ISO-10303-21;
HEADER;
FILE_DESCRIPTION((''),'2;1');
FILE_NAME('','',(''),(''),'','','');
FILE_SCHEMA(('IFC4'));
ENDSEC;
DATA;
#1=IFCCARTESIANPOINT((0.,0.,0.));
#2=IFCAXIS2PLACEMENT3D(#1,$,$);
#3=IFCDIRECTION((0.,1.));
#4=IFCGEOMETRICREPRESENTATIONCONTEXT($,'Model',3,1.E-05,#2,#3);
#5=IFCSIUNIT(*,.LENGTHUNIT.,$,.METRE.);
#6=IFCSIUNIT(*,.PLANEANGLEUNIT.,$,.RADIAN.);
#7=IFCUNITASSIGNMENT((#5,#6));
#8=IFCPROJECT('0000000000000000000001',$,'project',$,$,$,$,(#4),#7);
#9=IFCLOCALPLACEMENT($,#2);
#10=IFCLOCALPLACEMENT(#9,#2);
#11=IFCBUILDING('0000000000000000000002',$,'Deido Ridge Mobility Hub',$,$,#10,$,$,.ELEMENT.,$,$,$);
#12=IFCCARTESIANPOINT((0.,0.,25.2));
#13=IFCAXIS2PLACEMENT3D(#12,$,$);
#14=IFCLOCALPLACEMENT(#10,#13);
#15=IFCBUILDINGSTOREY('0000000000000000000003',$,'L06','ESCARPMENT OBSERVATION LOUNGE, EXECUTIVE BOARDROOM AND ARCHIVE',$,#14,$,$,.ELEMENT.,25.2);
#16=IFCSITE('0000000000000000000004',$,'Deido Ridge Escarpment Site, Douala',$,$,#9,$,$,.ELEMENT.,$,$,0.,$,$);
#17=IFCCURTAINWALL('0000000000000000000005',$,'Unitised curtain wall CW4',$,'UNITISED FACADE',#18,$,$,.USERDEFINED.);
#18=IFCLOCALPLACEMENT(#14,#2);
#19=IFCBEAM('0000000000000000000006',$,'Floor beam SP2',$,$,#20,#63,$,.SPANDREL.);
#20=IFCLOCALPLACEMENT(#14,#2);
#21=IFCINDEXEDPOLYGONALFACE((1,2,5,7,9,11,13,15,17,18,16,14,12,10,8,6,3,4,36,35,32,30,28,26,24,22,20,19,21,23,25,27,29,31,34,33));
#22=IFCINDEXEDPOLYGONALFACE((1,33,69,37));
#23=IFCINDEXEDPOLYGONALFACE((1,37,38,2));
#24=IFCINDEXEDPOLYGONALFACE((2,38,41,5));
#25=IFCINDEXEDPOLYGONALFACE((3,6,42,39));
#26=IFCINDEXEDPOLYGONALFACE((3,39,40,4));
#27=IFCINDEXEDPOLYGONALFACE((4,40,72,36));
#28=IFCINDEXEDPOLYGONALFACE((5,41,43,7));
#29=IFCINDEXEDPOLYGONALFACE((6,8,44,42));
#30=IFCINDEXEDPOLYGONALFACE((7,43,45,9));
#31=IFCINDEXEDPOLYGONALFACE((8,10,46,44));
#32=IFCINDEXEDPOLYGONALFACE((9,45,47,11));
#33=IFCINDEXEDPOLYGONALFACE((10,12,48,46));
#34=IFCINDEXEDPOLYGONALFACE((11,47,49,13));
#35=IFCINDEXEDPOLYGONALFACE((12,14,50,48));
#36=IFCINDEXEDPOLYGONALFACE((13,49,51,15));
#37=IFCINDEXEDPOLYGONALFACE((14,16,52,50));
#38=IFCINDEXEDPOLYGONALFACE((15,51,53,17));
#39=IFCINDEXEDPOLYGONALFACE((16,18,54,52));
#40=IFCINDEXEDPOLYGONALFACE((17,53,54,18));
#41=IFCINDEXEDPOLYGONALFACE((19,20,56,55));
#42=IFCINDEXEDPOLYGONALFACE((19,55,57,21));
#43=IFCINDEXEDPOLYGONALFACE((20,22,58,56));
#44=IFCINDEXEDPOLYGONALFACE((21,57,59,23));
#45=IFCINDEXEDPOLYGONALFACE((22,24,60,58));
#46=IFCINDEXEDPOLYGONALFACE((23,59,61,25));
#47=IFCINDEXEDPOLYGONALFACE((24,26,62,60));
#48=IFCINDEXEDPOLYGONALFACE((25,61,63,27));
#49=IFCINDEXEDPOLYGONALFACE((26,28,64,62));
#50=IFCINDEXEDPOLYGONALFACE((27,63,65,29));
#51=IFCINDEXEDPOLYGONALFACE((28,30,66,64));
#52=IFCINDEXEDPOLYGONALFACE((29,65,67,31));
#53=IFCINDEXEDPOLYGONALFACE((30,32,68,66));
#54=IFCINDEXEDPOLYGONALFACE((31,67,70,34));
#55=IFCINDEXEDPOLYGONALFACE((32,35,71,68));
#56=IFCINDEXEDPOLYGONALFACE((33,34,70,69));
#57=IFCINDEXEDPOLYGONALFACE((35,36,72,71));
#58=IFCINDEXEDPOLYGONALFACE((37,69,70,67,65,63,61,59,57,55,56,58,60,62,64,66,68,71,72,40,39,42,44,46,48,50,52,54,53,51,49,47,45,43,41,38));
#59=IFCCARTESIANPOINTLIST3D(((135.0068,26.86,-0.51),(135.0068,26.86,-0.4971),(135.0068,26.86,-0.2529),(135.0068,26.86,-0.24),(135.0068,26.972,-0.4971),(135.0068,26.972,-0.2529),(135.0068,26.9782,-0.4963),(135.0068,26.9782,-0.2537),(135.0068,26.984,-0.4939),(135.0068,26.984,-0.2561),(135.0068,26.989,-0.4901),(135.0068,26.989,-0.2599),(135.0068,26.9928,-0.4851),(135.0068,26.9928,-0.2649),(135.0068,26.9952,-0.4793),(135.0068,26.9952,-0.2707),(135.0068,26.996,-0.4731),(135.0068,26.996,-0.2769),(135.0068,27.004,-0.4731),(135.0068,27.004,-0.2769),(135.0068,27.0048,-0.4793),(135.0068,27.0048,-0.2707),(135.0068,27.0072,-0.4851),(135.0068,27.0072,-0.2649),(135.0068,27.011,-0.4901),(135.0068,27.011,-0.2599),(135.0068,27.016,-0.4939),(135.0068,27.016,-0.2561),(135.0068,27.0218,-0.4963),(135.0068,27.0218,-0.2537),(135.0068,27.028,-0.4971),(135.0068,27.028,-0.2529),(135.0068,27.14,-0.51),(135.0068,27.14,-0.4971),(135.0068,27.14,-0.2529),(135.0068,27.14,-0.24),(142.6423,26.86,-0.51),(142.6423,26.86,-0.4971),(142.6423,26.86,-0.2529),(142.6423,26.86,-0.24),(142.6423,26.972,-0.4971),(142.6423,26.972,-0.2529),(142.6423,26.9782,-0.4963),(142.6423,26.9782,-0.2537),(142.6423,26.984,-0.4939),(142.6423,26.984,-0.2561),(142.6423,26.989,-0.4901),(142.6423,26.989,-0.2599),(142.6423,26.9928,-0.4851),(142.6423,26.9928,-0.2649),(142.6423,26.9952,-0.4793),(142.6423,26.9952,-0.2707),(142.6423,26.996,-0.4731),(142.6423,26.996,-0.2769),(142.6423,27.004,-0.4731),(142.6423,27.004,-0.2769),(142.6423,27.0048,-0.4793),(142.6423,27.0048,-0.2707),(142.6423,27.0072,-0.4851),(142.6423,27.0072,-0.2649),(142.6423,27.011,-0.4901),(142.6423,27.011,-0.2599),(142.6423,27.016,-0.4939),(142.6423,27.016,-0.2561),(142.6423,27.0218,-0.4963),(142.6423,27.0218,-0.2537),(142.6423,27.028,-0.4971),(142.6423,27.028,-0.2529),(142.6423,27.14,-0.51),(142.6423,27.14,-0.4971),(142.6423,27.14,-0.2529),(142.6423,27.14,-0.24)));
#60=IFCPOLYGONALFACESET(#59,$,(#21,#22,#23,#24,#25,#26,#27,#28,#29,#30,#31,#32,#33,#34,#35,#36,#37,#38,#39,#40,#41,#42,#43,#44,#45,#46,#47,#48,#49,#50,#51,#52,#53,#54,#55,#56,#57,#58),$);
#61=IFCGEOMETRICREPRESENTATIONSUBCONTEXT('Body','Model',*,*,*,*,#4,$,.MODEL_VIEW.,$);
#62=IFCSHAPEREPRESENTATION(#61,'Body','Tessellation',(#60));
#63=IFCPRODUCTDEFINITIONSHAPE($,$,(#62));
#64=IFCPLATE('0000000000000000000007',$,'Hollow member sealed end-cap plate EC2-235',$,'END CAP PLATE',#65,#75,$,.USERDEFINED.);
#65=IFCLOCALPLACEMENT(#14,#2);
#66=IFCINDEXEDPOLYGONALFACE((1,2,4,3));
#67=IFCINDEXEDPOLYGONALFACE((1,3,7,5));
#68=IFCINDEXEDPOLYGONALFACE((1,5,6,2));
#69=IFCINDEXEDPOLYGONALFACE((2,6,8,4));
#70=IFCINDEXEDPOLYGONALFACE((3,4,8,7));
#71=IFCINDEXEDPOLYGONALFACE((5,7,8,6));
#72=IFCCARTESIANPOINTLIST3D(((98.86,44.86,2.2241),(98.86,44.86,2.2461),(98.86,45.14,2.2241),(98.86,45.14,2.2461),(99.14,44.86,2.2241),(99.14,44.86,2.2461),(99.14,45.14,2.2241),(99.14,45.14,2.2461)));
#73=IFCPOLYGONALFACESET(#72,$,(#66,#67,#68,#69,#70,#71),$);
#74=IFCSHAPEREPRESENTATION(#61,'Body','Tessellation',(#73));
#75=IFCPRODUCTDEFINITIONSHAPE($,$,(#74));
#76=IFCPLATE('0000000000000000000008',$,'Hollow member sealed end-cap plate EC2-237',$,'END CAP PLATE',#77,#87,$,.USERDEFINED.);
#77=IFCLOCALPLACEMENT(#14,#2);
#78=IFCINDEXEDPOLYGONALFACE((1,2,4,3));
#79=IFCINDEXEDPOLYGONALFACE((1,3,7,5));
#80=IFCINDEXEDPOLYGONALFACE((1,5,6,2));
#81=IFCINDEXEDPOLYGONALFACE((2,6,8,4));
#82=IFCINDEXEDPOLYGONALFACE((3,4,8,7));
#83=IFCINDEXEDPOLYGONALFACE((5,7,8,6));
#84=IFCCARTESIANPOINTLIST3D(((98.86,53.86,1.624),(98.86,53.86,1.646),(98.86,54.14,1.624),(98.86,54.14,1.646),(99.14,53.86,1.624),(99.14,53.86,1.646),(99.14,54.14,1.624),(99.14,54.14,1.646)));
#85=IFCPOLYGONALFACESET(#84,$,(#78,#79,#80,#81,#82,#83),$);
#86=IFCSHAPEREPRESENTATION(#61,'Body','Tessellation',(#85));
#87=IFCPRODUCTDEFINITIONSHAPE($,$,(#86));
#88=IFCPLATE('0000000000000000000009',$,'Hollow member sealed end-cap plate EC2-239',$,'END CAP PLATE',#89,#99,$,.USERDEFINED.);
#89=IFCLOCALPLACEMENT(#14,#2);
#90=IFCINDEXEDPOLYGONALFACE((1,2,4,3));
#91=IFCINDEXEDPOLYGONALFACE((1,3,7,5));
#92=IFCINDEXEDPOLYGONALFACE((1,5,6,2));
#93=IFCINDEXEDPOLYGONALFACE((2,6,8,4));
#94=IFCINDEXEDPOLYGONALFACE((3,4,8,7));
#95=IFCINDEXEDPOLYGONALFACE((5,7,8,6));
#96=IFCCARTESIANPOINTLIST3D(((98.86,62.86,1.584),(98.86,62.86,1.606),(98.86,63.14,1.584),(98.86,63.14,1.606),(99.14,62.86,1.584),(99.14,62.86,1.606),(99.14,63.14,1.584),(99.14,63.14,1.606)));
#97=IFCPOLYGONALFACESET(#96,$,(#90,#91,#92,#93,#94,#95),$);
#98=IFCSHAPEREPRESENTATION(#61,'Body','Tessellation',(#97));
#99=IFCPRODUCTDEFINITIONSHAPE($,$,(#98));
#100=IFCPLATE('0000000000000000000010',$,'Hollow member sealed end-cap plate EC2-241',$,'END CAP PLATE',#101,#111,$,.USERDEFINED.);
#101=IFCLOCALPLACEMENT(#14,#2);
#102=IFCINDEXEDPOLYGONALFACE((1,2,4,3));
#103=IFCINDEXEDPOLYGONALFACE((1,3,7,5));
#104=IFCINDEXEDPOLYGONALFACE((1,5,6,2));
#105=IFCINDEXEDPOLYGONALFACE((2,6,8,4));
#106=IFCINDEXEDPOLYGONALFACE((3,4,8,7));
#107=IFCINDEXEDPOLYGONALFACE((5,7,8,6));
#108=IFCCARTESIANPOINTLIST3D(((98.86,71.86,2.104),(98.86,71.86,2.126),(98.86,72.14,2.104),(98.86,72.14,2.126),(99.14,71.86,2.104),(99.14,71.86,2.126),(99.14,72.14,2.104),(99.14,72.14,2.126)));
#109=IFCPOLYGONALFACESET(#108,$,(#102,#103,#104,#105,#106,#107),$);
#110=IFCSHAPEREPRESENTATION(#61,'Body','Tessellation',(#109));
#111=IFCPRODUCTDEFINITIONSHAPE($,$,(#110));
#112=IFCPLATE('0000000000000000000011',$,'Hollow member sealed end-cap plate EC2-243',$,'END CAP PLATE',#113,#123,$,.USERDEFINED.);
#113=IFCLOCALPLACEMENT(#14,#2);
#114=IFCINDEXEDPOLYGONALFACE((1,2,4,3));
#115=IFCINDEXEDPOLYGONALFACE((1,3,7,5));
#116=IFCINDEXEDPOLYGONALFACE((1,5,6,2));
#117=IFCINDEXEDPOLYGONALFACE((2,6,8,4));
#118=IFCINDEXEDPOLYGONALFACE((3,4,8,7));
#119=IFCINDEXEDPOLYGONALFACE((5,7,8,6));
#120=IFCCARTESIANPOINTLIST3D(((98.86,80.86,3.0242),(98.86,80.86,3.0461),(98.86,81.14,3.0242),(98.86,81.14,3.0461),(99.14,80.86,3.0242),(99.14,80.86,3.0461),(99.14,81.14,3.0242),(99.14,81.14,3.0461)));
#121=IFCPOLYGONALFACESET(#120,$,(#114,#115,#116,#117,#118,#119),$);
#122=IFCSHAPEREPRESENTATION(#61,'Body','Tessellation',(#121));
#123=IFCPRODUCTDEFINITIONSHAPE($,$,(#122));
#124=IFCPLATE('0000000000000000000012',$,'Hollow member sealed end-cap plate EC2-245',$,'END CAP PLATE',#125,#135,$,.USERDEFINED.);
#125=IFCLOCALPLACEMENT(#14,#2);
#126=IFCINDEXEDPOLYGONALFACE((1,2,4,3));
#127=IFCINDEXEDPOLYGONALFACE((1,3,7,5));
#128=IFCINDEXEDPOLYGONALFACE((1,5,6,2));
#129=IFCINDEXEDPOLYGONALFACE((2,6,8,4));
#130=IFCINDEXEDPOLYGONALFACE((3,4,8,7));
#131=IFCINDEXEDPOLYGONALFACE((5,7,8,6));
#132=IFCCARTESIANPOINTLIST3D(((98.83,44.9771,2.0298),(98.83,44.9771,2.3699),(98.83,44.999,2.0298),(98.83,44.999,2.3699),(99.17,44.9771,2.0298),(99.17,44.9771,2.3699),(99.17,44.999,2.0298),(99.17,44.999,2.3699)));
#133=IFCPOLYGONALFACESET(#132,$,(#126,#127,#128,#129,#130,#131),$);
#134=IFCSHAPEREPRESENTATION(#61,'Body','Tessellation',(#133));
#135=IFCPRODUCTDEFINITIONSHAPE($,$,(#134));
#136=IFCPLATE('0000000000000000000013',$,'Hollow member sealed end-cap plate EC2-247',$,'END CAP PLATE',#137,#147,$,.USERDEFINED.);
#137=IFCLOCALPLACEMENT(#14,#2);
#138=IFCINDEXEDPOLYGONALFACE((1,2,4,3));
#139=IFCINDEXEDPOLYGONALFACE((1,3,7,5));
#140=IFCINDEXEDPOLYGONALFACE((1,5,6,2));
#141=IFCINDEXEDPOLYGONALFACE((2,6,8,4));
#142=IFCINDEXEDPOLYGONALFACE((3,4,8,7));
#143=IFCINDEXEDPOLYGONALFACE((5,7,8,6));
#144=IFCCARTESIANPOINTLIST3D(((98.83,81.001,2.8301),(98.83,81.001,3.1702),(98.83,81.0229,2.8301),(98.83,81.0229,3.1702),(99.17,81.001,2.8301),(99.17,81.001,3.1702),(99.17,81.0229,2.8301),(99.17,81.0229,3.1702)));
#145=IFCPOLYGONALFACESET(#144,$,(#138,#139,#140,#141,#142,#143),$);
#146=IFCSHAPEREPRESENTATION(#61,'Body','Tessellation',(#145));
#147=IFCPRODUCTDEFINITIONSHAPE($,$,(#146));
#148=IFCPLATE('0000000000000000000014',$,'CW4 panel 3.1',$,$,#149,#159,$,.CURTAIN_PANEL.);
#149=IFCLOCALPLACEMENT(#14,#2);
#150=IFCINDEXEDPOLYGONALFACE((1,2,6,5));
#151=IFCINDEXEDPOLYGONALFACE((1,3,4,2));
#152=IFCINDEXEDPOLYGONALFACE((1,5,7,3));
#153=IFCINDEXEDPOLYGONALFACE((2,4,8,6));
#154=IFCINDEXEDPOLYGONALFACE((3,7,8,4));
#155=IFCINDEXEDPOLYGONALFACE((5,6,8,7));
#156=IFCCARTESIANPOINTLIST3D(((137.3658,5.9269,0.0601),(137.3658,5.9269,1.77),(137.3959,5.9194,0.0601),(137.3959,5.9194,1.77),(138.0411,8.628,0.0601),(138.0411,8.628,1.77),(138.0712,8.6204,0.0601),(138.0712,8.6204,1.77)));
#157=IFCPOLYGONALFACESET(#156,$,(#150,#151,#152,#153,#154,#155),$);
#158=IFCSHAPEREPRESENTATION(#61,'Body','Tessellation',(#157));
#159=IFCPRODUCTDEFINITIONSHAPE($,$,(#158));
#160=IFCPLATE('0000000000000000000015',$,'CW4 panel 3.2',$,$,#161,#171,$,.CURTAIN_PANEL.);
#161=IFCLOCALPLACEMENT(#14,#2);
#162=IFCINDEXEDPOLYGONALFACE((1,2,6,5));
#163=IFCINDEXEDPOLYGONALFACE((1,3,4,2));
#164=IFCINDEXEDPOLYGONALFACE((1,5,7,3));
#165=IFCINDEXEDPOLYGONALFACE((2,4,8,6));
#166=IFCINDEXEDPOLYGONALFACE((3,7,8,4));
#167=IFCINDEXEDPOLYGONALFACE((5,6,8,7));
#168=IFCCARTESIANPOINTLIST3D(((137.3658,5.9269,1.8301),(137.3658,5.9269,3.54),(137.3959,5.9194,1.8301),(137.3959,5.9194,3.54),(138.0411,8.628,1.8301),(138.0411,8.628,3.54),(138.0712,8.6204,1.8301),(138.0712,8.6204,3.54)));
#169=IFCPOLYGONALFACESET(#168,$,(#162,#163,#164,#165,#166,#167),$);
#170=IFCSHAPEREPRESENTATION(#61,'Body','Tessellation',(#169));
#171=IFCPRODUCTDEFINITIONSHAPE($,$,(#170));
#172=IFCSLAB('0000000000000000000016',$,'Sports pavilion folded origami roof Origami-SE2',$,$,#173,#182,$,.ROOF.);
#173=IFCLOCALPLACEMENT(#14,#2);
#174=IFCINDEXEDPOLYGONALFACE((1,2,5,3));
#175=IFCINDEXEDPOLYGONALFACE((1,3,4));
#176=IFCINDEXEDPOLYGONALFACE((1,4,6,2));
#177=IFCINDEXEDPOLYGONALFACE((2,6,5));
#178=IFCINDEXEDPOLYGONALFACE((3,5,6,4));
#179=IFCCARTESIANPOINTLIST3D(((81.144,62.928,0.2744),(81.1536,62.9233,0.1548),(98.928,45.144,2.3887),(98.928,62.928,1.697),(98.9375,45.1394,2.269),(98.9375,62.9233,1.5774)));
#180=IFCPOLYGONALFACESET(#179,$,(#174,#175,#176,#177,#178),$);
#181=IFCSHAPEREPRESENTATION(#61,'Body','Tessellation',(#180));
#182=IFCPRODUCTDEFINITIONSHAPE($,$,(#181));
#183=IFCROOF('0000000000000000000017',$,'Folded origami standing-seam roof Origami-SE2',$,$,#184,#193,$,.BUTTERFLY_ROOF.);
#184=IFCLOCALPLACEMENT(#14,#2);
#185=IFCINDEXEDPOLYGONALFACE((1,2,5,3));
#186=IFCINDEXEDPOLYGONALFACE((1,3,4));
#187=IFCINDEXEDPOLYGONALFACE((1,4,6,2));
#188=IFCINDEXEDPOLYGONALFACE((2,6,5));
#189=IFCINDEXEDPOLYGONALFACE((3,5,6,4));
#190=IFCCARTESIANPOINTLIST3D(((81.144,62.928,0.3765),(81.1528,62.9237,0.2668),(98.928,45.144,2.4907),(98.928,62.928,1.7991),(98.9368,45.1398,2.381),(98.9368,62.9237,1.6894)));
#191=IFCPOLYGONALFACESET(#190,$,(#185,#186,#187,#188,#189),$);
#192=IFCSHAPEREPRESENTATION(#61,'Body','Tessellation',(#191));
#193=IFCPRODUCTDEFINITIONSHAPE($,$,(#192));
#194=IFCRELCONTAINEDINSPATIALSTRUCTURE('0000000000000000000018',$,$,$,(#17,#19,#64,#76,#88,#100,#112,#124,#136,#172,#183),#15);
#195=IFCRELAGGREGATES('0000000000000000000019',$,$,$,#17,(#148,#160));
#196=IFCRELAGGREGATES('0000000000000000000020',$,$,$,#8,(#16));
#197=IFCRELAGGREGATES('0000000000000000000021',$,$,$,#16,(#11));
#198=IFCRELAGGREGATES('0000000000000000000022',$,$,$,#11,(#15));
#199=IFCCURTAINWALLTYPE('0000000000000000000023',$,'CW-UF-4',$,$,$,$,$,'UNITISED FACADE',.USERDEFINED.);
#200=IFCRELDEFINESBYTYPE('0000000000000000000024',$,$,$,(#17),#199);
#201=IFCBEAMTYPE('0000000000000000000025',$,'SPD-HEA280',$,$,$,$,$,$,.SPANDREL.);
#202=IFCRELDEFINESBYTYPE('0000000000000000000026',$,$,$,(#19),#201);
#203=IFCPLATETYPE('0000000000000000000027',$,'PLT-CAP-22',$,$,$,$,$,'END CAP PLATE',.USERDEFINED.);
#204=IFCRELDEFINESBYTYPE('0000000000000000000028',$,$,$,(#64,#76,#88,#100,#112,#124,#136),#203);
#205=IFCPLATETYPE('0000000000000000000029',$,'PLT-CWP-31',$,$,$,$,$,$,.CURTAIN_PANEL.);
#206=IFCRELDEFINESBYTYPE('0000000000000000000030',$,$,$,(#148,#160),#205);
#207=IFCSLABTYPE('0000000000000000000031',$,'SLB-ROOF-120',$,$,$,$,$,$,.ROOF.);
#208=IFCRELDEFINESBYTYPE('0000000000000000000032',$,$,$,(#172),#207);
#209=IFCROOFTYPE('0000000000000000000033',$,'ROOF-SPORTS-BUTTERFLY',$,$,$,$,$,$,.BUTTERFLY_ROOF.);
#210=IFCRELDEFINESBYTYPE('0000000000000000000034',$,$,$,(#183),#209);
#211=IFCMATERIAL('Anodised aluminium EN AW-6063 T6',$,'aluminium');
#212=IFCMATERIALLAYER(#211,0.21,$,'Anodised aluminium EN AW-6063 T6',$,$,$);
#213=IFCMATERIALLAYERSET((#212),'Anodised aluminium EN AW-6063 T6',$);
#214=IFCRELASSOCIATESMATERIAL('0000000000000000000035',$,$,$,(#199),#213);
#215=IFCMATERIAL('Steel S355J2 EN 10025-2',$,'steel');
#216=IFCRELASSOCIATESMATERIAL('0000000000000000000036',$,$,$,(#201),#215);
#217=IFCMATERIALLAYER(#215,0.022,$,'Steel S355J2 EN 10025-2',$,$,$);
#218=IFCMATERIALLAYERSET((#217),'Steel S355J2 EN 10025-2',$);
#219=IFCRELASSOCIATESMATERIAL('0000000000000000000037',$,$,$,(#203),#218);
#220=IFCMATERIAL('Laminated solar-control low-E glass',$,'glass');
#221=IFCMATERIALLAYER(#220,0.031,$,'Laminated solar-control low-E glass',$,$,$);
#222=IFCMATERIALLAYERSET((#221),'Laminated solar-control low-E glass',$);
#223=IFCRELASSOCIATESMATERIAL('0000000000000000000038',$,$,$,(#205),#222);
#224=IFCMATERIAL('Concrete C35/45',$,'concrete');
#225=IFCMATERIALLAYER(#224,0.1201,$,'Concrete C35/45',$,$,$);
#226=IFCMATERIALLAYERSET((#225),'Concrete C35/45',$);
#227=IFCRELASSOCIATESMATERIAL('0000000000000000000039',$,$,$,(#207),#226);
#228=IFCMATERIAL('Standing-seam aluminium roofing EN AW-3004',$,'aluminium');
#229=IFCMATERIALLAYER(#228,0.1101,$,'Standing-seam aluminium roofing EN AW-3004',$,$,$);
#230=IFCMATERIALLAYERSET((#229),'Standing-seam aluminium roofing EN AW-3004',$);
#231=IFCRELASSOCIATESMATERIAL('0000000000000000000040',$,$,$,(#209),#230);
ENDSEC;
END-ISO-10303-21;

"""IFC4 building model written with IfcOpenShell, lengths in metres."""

from ifc_helpers import new_model, si_unit, direction, frame, origin, origin_2d, place, context, subcontext, project, spatial, polyline, rectangle, i_section, outline, extrude, material, layer, layer_set, material_profile, profile_set, type_object, element, aggregate, save


model = new_model("IFC4")

# Units and contexts
model_context = context("Model", 3, precision=1e-05, world=origin(), true_north=direction((0.0, 1.0)))
body_context = subcontext(model_context, "Body", "Model", "MODEL_VIEW")
ifc_project = project(units=[si_unit("LENGTHUNIT", "METRE"), si_unit("PLANEANGLEUNIT", "RADIAN")], contexts=[model_context])

# Site, building, storey
site_placement = place(None, origin())
site = spatial("IfcSite", under=ifc_project, at=site_placement, Name="Deido Ridge Escarpment Site, Douala", CompositionType="ELEMENT", RefElevation=0.0)
building_placement = place(site_placement, origin())
building = spatial("IfcBuilding", under=site, at=building_placement, Name="Deido Ridge Mobility Hub", CompositionType="ELEMENT")
storey_placement = place(building_placement, frame((0.0, 0.0, 25.2)))
storey = spatial("IfcBuildingStorey", under=building, at=storey_placement, Name="L06", Description="ESCARPMENT OBSERVATION LOUNGE, EXECUTIVE BOARDROOM AND ARCHIVE", CompositionType="ELEMENT", Elevation=25.2)

# Shared definitions
ifc_material_1 = material(Name="Steel S355J2 EN 10025-2", Category="steel")

# Curtain wall
ifc_material_2 = material(Name="Anodised aluminium EN AW-6063 T6", Category="aluminium")
ifc_layer_1 = layer(ifc_material_2, 0.21, Name="Anodised aluminium EN AW-6063 T6")
ifc_layer_set_1 = layer_set([ifc_layer_1], Name="Anodised aluminium EN AW-6063 T6")
curtain_wall_type = type_object("IfcCurtainWallType", Name="CW-UF-4", ElementType="UNITISED FACADE", PredefinedType="USERDEFINED", material=ifc_layer_set_1)
curtain_wall_placement = place(storey_placement, origin())
curtain_wall = element("IfcCurtainWall", 1, at=curtain_wall_placement, inside=storey, type_object=curtain_wall_type, Name="Unitised curtain wall CW4", ObjectType="UNITISED FACADE", PredefinedType="USERDEFINED")

# Beam
ifc_material_profile_1 = material_profile(ifc_material_1, i_section(OverallWidth=0.28, OverallDepth=0.27, WebThickness=0.0081, FlangeThickness=0.0129, FilletRadius=0.0239, at=origin_2d()), Name="HEA 280")
ifc_profile_set_1 = profile_set([ifc_material_profile_1], Name="Steel S355J2 EN 10025-2")
beam_type_1 = type_object("IfcBeamType", Name="SPD-HEA280", PredefinedType="SPANDREL", material=ifc_profile_set_1)
beam_1_placement = place(storey_placement, frame((135.0068, 27.0, -0.375), z_axis=(1.0, 0.0, 0.0), x_axis=(0.0, 1.0, 0.0)))
element("IfcBeam", 2, at=beam_1_placement, inside=storey, type_object=beam_type_1, Name="Floor beam SP2", PredefinedType="SPANDREL", context=body_context, shape_type="SweptSolid", body=[
    extrude(i_section(OverallWidth=0.28, OverallDepth=0.27, WebThickness=0.0081, FlangeThickness=0.0129, FilletRadius=0.0239, at=origin_2d()), origin(), (0.0, 0.0, 1.0), 7.6355),
])

# Plates
ifc_layer_2 = layer(ifc_material_1, 0.022, Name="Steel S355J2 EN 10025-2")
ifc_layer_set_2 = layer_set([ifc_layer_2], Name="Steel S355J2 EN 10025-2")
plate_type_1 = type_object("IfcPlateType", Name="PLT-CAP-22", ElementType="END CAP PLATE", PredefinedType="USERDEFINED", material=ifc_layer_set_2)
for number, where, z_axis, x_axis, name in (
    (3, (99.0, 45.0, 2.2241), (0.0, 0.0, 1.0), (1.0, 0.0, 0.0), "Hollow member sealed end-cap plate EC2-235"),
    (4, (99.0, 54.0, 1.624), (0.0, 0.0, 1.0), (1.0, 0.0, 0.0), "Hollow member sealed end-cap plate EC2-237"),
    (5, (99.0, 63.0, 1.584), (0.0, 0.0, 1.0), (1.0, 0.0, 0.0), "Hollow member sealed end-cap plate EC2-239"),
    (6, (99.0, 72.0, 2.104), (0.0, 0.0, 1.0), (1.0, 0.0, 0.0), "Hollow member sealed end-cap plate EC2-241"),
    (7, (99.0, 81.0, 3.0242), (0.0, 0.0, 1.0), (1.0, 0.0, 0.0), "Hollow member sealed end-cap plate EC2-243"),
):
    element("IfcPlate", number, at=place(storey_placement, frame(where, z_axis=z_axis, x_axis=x_axis)), inside=storey, type_object=plate_type_1, Name=name, ObjectType="END CAP PLATE", PredefinedType="USERDEFINED", context=body_context, shape_type="SweptSolid", body=[
        extrude(rectangle(XDim=0.28, YDim=0.28, at=origin_2d()), origin(), (0.0, 0.0, 1.0), 0.022),
    ])
for number, where, z_axis, x_axis, name in (
    (8, (99.0, 44.988, 2.0298), (0.0, 0.0, 1.0), (1.0, 0.0, 0.0), "Hollow member sealed end-cap plate EC2-245"),
    (9, (99.0, 81.012, 2.8301), (0.0, 0.0, 1.0), (1.0, 0.0, 0.0), "Hollow member sealed end-cap plate EC2-247"),
):
    element("IfcPlate", number, at=place(storey_placement, frame(where, z_axis=z_axis, x_axis=x_axis)), inside=storey, type_object=plate_type_1, Name=name, ObjectType="END CAP PLATE", PredefinedType="USERDEFINED", context=body_context, shape_type="SweptSolid", body=[
        extrude(rectangle(XDim=0.3401, YDim=0.022, at=origin_2d()), origin(), (0.0, 0.0, 1.0), 0.3401),
    ])

# Plates
ifc_material_3 = material(Name="Laminated solar-control low-E glass", Category="glass")
ifc_layer_3 = layer(ifc_material_3, 0.031, Name="Laminated solar-control low-E glass")
ifc_layer_set_3 = layer_set([ifc_layer_3], Name="Laminated solar-control low-E glass")
plate_type_2 = type_object("IfcPlateType", Name="PLT-CWP-31", PredefinedType="CURTAIN_PANEL", material=ifc_layer_set_3)
plate_1_placement = place(storey_placement, frame((137.7185, 7.2737, 0.0601), z_axis=(0.0, 0.0, 1.0), x_axis=(0.242536, 0.970143, 0.0)))
plate_1 = element("IfcPlate", 10, at=plate_1_placement, type_object=plate_type_2, Name="CW4 panel 3.1", PredefinedType="CURTAIN_PANEL", context=body_context, shape_type="SweptSolid", body=[
    extrude(rectangle(XDim=2.7842, YDim=0.031, at=origin_2d()), origin(), (0.0, 0.0, 1.0), 1.71),
])
plate_2_placement = place(storey_placement, frame((137.7185, 7.2737, 1.8301), z_axis=(0.0, 0.0, 1.0), x_axis=(0.242536, 0.970143, 0.0)))
plate_2 = element("IfcPlate", 11, at=plate_2_placement, type_object=plate_type_2, Name="CW4 panel 3.2", PredefinedType="CURTAIN_PANEL", context=body_context, shape_type="SweptSolid", body=[
    extrude(rectangle(XDim=2.7842, YDim=0.031, at=origin_2d()), origin(), (0.0, 0.0, 1.0), 1.71),
])
aggregate(curtain_wall, [plate_1, plate_2])

# Slab
ifc_material_4 = material(Name="Concrete C35/45", Category="concrete")
ifc_layer_4 = layer(ifc_material_4, 0.1201, Name="Concrete C35/45")
ifc_layer_set_4 = layer_set([ifc_layer_4], Name="Concrete C35/45")
slab_type = type_object("IfcSlabType", Name="SLB-ROOF-120", PredefinedType="ROOF", material=ifc_layer_set_4)
slab_placement = place(storey_placement, frame((98.928, 45.144, 2.3887), z_axis=(-0.079679, 0.038739, 0.996068), x_axis=(0.0, 0.999245, -0.038862)))
element("IfcSlab", 12, at=slab_placement, inside=storey, type_object=slab_type, Name="Sports pavilion folded origami roof Origami-SE2", PredefinedType="ROOF", context=body_context, shape_type="SweptSolid", body=[
    extrude(outline(polyline([(0.0, 0.0), (17.7974, 0.0), (17.8527, 17.8407), (0.0, 0.0)])), origin(), (0.0, 0.0, -1.0), 0.1201),
])

# Roof
ifc_material_5 = material(Name="Standing-seam aluminium roofing EN AW-3004", Category="aluminium")
ifc_layer_5 = layer(ifc_material_5, 0.1101, Name="Standing-seam aluminium roofing EN AW-3004")
ifc_layer_set_5 = layer_set([ifc_layer_5], Name="Standing-seam aluminium roofing EN AW-3004")
roof_type = type_object("IfcRoofType", Name="ROOF-SPORTS-BUTTERFLY", PredefinedType="BUTTERFLY_ROOF", material=ifc_layer_set_5)
roof_placement = place(storey_placement, frame((98.928, 45.144, 2.4907), z_axis=(-0.079679, 0.038739, 0.996068), x_axis=(0.0, 0.999245, -0.038862)))
element("IfcRoof", 13, at=roof_placement, inside=storey, type_object=roof_type, Name="Folded origami standing-seam roof Origami-SE2", PredefinedType="BUTTERFLY_ROOF", context=body_context, shape_type="SweptSolid", body=[
    extrude(outline(polyline([(0.0, 0.0), (17.7974, 0.0), (17.8527, 17.8407), (0.0, 0.0)])), origin(), (0.0, 0.0, -1.0), 0.1101),
])

save(model, "model.ifc")
